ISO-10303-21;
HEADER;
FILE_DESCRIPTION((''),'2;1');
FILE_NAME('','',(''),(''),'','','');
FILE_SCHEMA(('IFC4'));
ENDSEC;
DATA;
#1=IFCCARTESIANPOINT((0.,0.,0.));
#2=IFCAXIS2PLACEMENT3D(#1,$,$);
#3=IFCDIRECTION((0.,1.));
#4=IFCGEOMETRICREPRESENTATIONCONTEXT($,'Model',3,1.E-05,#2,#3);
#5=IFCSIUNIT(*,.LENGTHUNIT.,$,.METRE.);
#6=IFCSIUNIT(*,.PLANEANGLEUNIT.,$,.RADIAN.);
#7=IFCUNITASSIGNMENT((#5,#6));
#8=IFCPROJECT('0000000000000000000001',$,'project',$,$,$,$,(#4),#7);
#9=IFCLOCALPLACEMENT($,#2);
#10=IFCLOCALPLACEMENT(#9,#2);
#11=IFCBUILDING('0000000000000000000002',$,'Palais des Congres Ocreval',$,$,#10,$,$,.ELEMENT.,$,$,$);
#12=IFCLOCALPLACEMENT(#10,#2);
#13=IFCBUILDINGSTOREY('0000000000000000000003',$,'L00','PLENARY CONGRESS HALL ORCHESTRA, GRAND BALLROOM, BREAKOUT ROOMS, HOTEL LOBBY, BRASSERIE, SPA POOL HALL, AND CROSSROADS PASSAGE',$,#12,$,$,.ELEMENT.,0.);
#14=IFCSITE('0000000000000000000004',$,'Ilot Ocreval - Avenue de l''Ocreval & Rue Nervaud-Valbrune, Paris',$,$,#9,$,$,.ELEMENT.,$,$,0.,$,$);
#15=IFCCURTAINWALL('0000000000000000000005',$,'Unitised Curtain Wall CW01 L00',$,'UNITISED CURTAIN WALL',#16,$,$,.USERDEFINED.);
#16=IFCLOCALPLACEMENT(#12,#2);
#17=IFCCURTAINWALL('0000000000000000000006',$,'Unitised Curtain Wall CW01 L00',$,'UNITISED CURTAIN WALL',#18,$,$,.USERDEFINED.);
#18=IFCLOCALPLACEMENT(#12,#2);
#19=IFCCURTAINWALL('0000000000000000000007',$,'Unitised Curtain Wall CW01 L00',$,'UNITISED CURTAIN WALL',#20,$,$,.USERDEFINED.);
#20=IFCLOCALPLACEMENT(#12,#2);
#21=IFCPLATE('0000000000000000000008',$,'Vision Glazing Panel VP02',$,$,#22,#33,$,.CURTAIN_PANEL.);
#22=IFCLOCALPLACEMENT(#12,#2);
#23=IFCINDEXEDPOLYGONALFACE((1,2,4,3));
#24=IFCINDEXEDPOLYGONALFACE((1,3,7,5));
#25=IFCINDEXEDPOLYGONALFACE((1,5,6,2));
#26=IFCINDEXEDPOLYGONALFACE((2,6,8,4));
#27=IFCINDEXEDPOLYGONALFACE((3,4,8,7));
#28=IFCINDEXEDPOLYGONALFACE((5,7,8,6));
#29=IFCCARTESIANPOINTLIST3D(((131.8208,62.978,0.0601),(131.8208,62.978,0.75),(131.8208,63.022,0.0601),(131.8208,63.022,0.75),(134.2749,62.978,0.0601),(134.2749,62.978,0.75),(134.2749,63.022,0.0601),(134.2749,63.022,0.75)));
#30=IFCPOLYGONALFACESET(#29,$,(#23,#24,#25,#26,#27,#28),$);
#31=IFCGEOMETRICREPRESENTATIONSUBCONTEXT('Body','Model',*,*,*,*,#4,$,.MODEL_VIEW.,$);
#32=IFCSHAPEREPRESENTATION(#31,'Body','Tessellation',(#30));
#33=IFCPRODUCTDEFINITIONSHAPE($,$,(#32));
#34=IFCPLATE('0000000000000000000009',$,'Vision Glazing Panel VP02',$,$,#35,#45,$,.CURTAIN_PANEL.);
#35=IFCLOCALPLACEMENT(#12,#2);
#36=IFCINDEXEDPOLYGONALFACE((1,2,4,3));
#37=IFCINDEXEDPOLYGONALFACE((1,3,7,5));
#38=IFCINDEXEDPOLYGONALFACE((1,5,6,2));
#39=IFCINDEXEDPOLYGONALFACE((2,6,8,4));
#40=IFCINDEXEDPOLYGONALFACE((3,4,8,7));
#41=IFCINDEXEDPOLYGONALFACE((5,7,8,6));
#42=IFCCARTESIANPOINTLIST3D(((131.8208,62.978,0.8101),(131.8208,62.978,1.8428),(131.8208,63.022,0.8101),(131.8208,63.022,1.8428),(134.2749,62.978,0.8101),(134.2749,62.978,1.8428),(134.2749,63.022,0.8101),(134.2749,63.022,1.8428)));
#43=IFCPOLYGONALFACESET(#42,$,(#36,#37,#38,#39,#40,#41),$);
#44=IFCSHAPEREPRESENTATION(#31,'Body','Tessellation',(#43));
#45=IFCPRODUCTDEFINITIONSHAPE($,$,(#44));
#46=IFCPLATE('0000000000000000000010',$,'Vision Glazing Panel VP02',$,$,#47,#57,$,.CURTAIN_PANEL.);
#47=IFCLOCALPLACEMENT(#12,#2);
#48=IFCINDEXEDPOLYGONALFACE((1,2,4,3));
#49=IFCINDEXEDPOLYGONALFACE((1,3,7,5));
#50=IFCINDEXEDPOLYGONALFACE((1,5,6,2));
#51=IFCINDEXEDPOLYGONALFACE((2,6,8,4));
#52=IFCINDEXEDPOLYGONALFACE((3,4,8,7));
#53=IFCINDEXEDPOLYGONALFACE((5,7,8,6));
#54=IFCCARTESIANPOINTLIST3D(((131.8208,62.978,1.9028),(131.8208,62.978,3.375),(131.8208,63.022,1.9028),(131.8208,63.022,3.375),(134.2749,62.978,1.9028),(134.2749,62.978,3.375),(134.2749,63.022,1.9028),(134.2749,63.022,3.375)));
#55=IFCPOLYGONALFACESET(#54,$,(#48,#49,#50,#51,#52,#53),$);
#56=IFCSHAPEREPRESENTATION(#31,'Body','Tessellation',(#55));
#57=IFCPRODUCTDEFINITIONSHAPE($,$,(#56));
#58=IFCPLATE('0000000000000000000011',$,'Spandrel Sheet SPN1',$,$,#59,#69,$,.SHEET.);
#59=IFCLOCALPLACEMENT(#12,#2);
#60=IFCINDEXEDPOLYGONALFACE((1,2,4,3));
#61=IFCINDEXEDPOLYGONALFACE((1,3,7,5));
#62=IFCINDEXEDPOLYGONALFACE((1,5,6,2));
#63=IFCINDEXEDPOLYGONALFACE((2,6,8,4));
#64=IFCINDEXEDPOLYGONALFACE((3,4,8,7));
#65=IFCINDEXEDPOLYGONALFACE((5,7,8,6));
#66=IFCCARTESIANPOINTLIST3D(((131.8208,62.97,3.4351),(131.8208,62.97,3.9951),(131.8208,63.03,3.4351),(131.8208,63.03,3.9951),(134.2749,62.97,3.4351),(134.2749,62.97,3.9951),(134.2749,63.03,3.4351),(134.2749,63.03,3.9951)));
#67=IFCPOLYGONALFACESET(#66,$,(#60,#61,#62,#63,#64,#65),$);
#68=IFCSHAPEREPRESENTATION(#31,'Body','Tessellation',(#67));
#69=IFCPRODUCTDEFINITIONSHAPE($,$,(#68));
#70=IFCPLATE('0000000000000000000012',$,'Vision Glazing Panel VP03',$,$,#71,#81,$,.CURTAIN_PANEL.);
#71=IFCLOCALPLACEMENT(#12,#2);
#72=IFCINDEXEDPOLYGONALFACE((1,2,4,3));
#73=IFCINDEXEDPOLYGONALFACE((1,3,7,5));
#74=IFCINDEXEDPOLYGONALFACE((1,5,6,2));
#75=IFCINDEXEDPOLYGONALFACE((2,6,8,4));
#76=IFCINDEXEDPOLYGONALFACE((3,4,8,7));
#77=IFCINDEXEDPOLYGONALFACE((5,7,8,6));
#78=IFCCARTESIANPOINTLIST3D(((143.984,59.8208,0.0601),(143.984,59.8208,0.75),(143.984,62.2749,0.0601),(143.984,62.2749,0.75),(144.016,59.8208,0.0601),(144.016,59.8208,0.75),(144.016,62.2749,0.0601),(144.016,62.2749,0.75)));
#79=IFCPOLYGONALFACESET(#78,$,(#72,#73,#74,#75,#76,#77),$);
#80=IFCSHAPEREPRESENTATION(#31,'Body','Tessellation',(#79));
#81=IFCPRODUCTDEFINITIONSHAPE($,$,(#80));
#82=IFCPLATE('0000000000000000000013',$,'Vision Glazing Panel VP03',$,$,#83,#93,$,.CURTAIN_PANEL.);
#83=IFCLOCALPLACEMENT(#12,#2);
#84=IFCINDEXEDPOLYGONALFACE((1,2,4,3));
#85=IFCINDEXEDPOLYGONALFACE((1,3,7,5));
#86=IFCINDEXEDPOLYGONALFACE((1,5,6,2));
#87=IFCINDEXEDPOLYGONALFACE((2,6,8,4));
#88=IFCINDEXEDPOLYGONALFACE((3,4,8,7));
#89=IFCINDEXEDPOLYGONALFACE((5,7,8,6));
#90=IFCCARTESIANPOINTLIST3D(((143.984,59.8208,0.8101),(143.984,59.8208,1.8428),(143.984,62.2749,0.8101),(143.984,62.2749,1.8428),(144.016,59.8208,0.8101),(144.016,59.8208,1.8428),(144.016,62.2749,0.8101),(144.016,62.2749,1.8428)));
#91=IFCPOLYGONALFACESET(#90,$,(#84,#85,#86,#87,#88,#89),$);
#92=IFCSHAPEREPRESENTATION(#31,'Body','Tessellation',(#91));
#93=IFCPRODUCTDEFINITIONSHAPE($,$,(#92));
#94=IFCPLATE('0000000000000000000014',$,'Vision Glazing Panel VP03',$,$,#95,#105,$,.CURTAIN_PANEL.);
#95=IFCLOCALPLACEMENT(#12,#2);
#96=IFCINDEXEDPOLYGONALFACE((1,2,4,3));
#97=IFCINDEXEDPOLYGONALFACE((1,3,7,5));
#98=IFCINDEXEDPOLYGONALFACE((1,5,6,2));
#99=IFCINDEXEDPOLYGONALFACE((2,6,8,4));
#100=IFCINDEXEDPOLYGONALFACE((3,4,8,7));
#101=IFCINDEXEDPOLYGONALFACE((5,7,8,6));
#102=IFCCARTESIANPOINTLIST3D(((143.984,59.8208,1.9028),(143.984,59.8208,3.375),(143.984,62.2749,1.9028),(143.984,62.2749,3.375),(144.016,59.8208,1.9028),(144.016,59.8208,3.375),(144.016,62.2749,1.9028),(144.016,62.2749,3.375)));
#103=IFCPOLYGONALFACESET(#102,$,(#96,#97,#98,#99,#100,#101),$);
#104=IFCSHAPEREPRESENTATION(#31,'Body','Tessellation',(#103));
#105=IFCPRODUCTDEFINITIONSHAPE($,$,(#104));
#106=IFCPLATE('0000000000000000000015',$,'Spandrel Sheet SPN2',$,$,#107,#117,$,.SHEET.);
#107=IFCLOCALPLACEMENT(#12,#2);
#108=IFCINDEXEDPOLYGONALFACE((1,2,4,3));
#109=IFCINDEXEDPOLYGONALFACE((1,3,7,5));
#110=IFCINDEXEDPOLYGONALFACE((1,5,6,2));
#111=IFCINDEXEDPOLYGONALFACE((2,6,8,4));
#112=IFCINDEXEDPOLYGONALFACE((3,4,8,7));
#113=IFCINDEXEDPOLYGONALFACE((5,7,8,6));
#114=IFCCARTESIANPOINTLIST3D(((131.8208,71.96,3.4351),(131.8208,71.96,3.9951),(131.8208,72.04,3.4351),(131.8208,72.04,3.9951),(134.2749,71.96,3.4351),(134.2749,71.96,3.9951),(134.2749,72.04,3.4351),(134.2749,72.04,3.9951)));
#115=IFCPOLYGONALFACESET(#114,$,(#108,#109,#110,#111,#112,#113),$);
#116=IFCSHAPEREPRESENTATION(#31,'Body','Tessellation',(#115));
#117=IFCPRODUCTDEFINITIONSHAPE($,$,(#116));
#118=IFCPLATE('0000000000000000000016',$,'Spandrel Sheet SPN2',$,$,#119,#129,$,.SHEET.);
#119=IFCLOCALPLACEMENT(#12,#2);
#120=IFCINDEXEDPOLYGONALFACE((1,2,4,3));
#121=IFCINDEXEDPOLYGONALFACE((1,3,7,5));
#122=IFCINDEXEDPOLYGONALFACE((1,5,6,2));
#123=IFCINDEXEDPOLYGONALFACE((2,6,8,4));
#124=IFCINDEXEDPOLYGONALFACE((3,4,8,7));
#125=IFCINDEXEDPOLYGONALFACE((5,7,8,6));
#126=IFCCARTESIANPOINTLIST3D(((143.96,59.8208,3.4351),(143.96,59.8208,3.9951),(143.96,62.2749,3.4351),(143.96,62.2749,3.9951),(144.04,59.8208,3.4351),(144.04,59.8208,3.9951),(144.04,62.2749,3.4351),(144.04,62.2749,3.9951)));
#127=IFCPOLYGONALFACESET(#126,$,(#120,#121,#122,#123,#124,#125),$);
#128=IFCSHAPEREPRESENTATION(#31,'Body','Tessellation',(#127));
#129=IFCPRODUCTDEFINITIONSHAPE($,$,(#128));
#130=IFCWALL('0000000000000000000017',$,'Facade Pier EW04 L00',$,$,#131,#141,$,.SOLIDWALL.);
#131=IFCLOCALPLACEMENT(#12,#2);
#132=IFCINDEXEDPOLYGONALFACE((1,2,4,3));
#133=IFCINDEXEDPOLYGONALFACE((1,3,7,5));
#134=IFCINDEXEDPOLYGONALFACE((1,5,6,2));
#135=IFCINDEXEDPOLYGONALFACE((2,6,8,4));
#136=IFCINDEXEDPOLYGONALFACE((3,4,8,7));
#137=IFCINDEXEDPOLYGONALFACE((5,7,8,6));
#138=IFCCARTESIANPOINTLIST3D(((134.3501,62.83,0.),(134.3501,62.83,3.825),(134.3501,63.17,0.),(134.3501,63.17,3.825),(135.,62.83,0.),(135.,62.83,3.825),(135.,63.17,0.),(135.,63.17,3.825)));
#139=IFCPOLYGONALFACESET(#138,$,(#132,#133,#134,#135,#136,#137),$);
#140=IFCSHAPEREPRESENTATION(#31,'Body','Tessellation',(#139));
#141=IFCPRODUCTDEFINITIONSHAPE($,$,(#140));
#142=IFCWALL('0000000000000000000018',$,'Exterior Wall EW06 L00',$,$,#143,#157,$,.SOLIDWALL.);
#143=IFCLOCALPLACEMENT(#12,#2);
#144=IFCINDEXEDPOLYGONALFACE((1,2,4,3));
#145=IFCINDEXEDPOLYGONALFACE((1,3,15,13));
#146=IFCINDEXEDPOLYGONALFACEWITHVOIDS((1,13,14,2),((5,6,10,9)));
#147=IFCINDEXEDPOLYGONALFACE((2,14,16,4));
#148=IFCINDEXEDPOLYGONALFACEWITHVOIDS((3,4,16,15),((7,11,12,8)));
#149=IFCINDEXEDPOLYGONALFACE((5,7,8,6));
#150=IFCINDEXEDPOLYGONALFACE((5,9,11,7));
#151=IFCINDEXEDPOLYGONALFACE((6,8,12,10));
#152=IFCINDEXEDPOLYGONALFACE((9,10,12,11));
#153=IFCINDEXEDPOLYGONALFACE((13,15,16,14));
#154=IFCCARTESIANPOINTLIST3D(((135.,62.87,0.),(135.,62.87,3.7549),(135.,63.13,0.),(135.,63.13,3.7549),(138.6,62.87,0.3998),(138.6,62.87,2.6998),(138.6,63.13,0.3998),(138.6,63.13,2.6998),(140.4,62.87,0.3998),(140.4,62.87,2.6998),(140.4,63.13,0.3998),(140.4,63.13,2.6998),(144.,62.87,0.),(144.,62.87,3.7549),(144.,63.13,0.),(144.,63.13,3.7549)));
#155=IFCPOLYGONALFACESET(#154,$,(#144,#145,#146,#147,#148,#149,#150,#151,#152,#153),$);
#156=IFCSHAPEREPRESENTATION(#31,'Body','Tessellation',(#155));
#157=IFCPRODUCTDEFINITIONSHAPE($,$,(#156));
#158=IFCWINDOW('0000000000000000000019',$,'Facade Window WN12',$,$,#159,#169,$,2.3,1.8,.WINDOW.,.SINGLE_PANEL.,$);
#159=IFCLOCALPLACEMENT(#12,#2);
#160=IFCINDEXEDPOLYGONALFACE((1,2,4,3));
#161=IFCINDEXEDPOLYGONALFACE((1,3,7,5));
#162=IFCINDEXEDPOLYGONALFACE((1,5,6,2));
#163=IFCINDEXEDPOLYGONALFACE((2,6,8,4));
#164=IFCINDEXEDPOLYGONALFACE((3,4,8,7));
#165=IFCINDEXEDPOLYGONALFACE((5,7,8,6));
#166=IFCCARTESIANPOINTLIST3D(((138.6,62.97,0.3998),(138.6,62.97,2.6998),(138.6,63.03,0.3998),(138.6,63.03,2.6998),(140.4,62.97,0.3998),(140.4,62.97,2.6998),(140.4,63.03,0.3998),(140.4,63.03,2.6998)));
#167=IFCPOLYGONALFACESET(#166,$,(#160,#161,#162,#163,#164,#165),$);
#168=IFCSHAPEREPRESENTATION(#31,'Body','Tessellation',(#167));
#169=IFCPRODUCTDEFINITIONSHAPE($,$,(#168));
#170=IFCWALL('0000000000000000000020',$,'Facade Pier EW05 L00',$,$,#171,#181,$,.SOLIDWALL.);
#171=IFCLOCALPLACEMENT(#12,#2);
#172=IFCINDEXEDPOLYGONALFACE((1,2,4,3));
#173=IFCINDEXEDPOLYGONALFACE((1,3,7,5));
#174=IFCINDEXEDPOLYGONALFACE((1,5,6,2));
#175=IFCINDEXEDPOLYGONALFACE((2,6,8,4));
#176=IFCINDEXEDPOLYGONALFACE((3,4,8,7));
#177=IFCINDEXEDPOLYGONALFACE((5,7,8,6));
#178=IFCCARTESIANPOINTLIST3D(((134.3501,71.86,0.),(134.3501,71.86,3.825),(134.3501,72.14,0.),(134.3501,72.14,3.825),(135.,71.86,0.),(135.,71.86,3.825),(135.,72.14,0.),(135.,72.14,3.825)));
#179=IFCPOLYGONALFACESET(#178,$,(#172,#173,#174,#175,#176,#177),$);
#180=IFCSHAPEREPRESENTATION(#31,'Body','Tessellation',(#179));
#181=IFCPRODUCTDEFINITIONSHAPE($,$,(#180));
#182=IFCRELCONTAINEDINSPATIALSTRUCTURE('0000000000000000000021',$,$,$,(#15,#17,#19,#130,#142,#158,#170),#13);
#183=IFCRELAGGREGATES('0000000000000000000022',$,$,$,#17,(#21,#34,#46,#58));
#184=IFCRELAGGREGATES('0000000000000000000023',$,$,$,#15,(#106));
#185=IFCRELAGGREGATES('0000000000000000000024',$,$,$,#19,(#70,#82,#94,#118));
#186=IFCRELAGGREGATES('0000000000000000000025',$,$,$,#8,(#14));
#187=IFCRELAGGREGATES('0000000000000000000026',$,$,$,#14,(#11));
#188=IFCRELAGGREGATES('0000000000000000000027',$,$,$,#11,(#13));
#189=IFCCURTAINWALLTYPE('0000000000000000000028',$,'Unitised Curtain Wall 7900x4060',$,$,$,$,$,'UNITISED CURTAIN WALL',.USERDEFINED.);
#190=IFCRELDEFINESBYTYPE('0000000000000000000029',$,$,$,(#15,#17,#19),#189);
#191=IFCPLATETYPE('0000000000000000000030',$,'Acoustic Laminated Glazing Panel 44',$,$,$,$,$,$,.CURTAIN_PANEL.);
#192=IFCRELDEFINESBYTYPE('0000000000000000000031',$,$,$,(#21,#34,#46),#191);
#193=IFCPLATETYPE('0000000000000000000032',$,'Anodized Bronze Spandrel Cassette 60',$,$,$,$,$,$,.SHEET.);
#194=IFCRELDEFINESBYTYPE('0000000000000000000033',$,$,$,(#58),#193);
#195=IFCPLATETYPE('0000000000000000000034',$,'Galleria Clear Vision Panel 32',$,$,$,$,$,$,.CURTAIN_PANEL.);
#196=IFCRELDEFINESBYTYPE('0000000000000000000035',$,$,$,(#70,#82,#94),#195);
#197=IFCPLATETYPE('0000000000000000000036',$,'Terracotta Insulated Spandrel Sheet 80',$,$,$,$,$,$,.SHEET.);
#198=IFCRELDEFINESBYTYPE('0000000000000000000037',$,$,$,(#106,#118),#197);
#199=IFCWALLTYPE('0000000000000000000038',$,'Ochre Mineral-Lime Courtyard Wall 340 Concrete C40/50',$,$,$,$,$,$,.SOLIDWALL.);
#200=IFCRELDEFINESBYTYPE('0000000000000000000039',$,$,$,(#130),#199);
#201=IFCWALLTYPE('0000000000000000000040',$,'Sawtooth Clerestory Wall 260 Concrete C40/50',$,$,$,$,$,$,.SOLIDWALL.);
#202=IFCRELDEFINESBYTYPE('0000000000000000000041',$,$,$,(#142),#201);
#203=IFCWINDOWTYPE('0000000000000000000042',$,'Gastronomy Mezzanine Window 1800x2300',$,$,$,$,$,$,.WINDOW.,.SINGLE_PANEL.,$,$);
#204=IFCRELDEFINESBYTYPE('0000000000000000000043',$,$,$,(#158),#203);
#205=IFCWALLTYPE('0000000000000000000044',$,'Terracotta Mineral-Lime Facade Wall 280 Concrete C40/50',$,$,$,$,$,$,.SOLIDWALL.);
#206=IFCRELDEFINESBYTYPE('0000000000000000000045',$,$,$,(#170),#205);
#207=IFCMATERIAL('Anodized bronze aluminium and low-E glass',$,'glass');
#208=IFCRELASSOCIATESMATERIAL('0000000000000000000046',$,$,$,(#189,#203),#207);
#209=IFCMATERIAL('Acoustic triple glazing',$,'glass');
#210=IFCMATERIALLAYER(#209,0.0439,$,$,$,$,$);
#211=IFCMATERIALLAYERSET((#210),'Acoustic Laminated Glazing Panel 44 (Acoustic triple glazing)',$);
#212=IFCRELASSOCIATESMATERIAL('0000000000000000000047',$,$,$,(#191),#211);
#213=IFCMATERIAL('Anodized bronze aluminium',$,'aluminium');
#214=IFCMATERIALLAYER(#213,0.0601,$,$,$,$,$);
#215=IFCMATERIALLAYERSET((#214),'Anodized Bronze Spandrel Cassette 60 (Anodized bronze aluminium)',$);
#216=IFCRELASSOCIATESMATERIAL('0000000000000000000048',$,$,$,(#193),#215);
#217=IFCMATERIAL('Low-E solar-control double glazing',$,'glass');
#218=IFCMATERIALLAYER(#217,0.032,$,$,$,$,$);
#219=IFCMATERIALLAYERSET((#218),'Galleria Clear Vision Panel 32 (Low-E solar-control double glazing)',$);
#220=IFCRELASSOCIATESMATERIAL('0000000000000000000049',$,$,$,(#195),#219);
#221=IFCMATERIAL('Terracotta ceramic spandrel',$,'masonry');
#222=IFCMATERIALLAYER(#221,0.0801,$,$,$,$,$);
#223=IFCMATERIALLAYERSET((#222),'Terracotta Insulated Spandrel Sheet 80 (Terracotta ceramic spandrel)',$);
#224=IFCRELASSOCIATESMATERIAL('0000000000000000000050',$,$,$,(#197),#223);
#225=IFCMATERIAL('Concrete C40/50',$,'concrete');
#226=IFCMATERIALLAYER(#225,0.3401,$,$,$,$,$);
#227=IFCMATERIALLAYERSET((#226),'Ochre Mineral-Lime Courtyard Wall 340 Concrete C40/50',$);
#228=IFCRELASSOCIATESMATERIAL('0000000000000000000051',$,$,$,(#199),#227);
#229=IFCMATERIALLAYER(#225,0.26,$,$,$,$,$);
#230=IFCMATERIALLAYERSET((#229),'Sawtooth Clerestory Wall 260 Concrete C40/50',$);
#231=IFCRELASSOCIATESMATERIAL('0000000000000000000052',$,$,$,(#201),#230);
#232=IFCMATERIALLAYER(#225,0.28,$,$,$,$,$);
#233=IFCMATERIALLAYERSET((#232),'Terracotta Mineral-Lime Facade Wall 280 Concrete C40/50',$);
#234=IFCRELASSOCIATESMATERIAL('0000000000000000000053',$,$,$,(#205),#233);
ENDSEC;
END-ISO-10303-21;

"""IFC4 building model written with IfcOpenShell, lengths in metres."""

from ifc_helpers import new_model, si_unit, direction, frame, frame_2d, origin, origin_2d, place, context, subcontext, project, spatial, rectangle, extrude, material, layer, layer_set, type_object, element, fill, aggregate, save


model = new_model("IFC4")

# Units and contexts
model_context = context("Model", 3, precision=1e-05, world=origin(), true_north=direction((0.0, 1.0)))
body_context = subcontext(model_context, "Body", "Model", "MODEL_VIEW")
ifc_project = project(units=[si_unit("LENGTHUNIT", "METRE"), si_unit("PLANEANGLEUNIT", "RADIAN")], contexts=[model_context])

# Site, building, storey
site_placement = place(None, origin())
site = spatial("IfcSite", under=ifc_project, at=site_placement, Name="Ilot Ocreval - Avenue de l'Ocreval & Rue Nervaud-Valbrune, Paris", CompositionType="ELEMENT", RefElevation=0.0)
building_placement = place(site_placement, origin())
building = spatial("IfcBuilding", under=site, at=building_placement, Name="Palais des Congres Ocreval", CompositionType="ELEMENT")
storey_placement = place(building_placement, origin())
storey = spatial("IfcBuildingStorey", under=building, at=storey_placement, Name="L00", Description="PLENARY CONGRESS HALL ORCHESTRA, GRAND BALLROOM, BREAKOUT ROOMS, HOTEL LOBBY, BRASSERIE, SPA POOL HALL, AND CROSSROADS PASSAGE", CompositionType="ELEMENT", Elevation=0.0)

# Curtain walls
ifc_material_1 = material(Name="Anodized bronze aluminium and low-E glass", Category="glass")
curtain_wall_type = type_object("IfcCurtainWallType", Name="Unitised Curtain Wall 7900x4060", ElementType="UNITISED CURTAIN WALL", PredefinedType="USERDEFINED", material=ifc_material_1)
curtain_wall_1_placement = place(storey_placement, origin())
curtain_wall_1 = element("IfcCurtainWall", 1, at=curtain_wall_1_placement, inside=storey, type_object=curtain_wall_type, Name="Unitised Curtain Wall CW01 L00", ObjectType="UNITISED CURTAIN WALL", PredefinedType="USERDEFINED")
ifc_material_2 = material(Name="Anodized bronze aluminium", Category="aluminium")
curtain_wall_2_placement = place(storey_placement, origin())
curtain_wall_2 = element("IfcCurtainWall", 2, at=curtain_wall_2_placement, inside=storey, type_object=curtain_wall_type, Name="Unitised Curtain Wall CW01 L00", ObjectType="UNITISED CURTAIN WALL", PredefinedType="USERDEFINED")
curtain_wall_3_placement = place(storey_placement, origin())
curtain_wall_3 = element("IfcCurtainWall", 3, at=curtain_wall_3_placement, inside=storey, type_object=curtain_wall_type, Name="Unitised Curtain Wall CW01 L00", ObjectType="UNITISED CURTAIN WALL", PredefinedType="USERDEFINED")

# Plates
ifc_material_3 = material(Name="Acoustic triple glazing", Category="glass")
ifc_layer_1 = layer(ifc_material_3, 0.0439)
ifc_layer_set_1 = layer_set([ifc_layer_1], Name="Acoustic Laminated Glazing Panel 44 (Acoustic triple glazing)")
plate_type_1 = type_object("IfcPlateType", Name="Acoustic Laminated Glazing Panel 44", PredefinedType="CURTAIN_PANEL", material=ifc_layer_set_1)
plate_1_placement = place(storey_placement, frame((133.0479, 63.0, 0.0601), z_axis=(0.0, 0.0, 1.0), x_axis=(1.0, 0.0, 0.0)))
plate_1 = element("IfcPlate", 4, at=plate_1_placement, type_object=plate_type_1, Name="Vision Glazing Panel VP02", PredefinedType="CURTAIN_PANEL", context=body_context, shape_type="SweptSolid", body=[
    extrude(rectangle(XDim=2.4541, YDim=0.0439, at=origin_2d()), origin(), (0.0, 0.0, 1.0), 0.6899),
])
plate_2_placement = place(storey_placement, frame((133.0479, 63.0, 0.8101), z_axis=(0.0, 0.0, 1.0), x_axis=(1.0, 0.0, 0.0)))
plate_2 = element("IfcPlate", 5, at=plate_2_placement, type_object=plate_type_1, Name="Vision Glazing Panel VP02", PredefinedType="CURTAIN_PANEL", context=body_context, shape_type="SweptSolid", body=[
    extrude(rectangle(XDim=2.4541, YDim=0.0439, at=origin_2d()), origin(), (0.0, 0.0, 1.0), 1.0327),
])
plate_3_placement = place(storey_placement, frame((133.0479, 63.0, 1.9028), z_axis=(0.0, 0.0, 1.0), x_axis=(1.0, 0.0, 0.0)))
plate_3 = element("IfcPlate", 6, at=plate_3_placement, type_object=plate_type_1, Name="Vision Glazing Panel VP02", PredefinedType="CURTAIN_PANEL", context=body_context, shape_type="SweptSolid", body=[
    extrude(rectangle(XDim=2.4541, YDim=0.0439, at=origin_2d()), origin(), (0.0, 0.0, 1.0), 1.4722),
])
ifc_layer_2 = layer(ifc_material_2, 0.0601)
ifc_layer_set_2 = layer_set([ifc_layer_2], Name="Anodized Bronze Spandrel Cassette 60 (Anodized bronze aluminium)")
plate_type_2 = type_object("IfcPlateType", Name="Anodized Bronze Spandrel Cassette 60", PredefinedType="SHEET", material=ifc_layer_set_2)
plate_4_placement = place(storey_placement, frame((133.0479, 63.0, 3.4351), z_axis=(0.0, 0.0, 1.0), x_axis=(1.0, 0.0, 0.0)))
plate_4 = element("IfcPlate", 7, at=plate_4_placement, type_object=plate_type_2, Name="Spandrel Sheet SPN1", PredefinedType="SHEET", context=body_context, shape_type="SweptSolid", body=[
    extrude(rectangle(XDim=2.4541, YDim=0.0601, at=origin_2d()), origin(), (0.0, 0.0, 1.0), 0.5601),
])
aggregate(curtain_wall_2, [plate_1, plate_2, plate_3, plate_4])
ifc_material_4 = material(Name="Low-E solar-control double glazing", Category="glass")
ifc_layer_3 = layer(ifc_material_4, 0.032)
ifc_layer_set_3 = layer_set([ifc_layer_3], Name="Galleria Clear Vision Panel 32 (Low-E solar-control double glazing)")
plate_type_3 = type_object("IfcPlateType", Name="Galleria Clear Vision Panel 32", PredefinedType="CURTAIN_PANEL", material=ifc_layer_set_3)
plate_5_placement = place(storey_placement, frame((144.0, 61.0479, 0.0601), z_axis=(0.0, 0.0, 1.0), x_axis=(0.0, -1.0, 0.0)))
plate_5 = element("IfcPlate", 8, at=plate_5_placement, type_object=plate_type_3, Name="Vision Glazing Panel VP03", PredefinedType="CURTAIN_PANEL", context=body_context, shape_type="SweptSolid", body=[
    extrude(rectangle(XDim=2.4541, YDim=0.032, at=origin_2d()), origin(), (0.0, 0.0, 1.0), 0.6899),
])
plate_6_placement = place(storey_placement, frame((144.0, 61.0479, 0.8101), z_axis=(0.0, 0.0, 1.0), x_axis=(0.0, -1.0, 0.0)))
plate_6 = element("IfcPlate", 9, at=plate_6_placement, type_object=plate_type_3, Name="Vision Glazing Panel VP03", PredefinedType="CURTAIN_PANEL", context=body_context, shape_type="SweptSolid", body=[
    extrude(rectangle(XDim=2.4541, YDim=0.032, at=origin_2d()), origin(), (0.0, 0.0, 1.0), 1.0327),
])
plate_7_placement = place(storey_placement, frame((144.0, 61.0479, 1.9028), z_axis=(0.0, 0.0, 1.0), x_axis=(0.0, -1.0, 0.0)))
plate_7 = element("IfcPlate", 10, at=plate_7_placement, type_object=plate_type_3, Name="Vision Glazing Panel VP03", PredefinedType="CURTAIN_PANEL", context=body_context, shape_type="SweptSolid", body=[
    extrude(rectangle(XDim=2.4541, YDim=0.032, at=origin_2d()), origin(), (0.0, 0.0, 1.0), 1.4722),
])
ifc_material_5 = material(Name="Terracotta ceramic spandrel", Category="masonry")
ifc_layer_4 = layer(ifc_material_5, 0.0801)
ifc_layer_set_4 = layer_set([ifc_layer_4], Name="Terracotta Insulated Spandrel Sheet 80 (Terracotta ceramic spandrel)")
plate_type_4 = type_object("IfcPlateType", Name="Terracotta Insulated Spandrel Sheet 80", PredefinedType="SHEET", material=ifc_layer_set_4)
plate_8_placement = place(storey_placement, frame((133.0479, 72.0, 3.4351), z_axis=(0.0, 0.0, 1.0), x_axis=(-1.0, 0.0, 0.0)))
plate_8 = element("IfcPlate", 11, at=plate_8_placement, type_object=plate_type_4, Name="Spandrel Sheet SPN2", PredefinedType="SHEET", context=body_context, shape_type="SweptSolid", body=[
    extrude(rectangle(XDim=2.4541, YDim=0.0801, at=origin_2d()), origin(), (0.0, 0.0, 1.0), 0.5601),
])
aggregate(curtain_wall_1, [plate_8])
plate_9_placement = place(storey_placement, frame((144.0, 61.0479, 3.4351), z_axis=(0.0, 0.0, 1.0), x_axis=(0.0, -1.0, 0.0)))
plate_9 = element("IfcPlate", 12, at=plate_9_placement, type_object=plate_type_4, Name="Spandrel Sheet SPN2", PredefinedType="SHEET", context=body_context, shape_type="SweptSolid", body=[
    extrude(rectangle(XDim=2.4541, YDim=0.0801, at=origin_2d()), origin(), (0.0, 0.0, 1.0), 0.5601),
])
aggregate(curtain_wall_3, [plate_5, plate_6, plate_7, plate_9])

# Wall
ifc_material_6 = material(Name="Concrete C40/50", Category="concrete")
ifc_layer_5 = layer(ifc_material_6, 0.3401)
ifc_layer_set_5 = layer_set([ifc_layer_5], Name="Ochre Mineral-Lime Courtyard Wall 340 Concrete C40/50")
wall_type_1 = type_object("IfcWallType", Name="Ochre Mineral-Lime Courtyard Wall 340 Concrete C40/50", PredefinedType="SOLIDWALL", material=ifc_layer_set_5)
wall_1_placement = place(storey_placement, frame((134.3501, 63.0, 0.0), z_axis=(0.0, 0.0, 1.0), x_axis=(1.0, 0.0, 0.0)))
element("IfcWall", 13, at=wall_1_placement, inside=storey, type_object=wall_type_1, Name="Facade Pier EW04 L00", PredefinedType="SOLIDWALL", context=body_context, shape_type="SweptSolid", body=[
    extrude(rectangle(XDim=0.6499, YDim=0.3401, at=frame_2d((0.325, 0.0))), origin(), (0.0, 0.0, 1.0), 3.825),
])

# Wall, opening, window
ifc_layer_6 = layer(ifc_material_6, 0.26)
ifc_layer_set_6 = layer_set([ifc_layer_6], Name="Sawtooth Clerestory Wall 260 Concrete C40/50")
wall_type_2 = type_object("IfcWallType", Name="Sawtooth Clerestory Wall 260 Concrete C40/50", PredefinedType="SOLIDWALL", material=ifc_layer_set_6)
wall_2_placement = place(storey_placement, frame((135.0, 63.0, 0.0), z_axis=(0.0, 0.0, 1.0), x_axis=(1.0, 0.0, 0.0)))
wall_2 = element("IfcWall", 14, at=wall_2_placement, inside=storey, type_object=wall_type_2, Name="Exterior Wall EW06 L00", PredefinedType="SOLIDWALL", context=body_context, shape_type="SweptSolid", body=[
    extrude(rectangle(XDim=9.0, YDim=0.26, at=frame_2d((4.5, 0.0))), origin(), (0.0, 0.0, 1.0), 3.7549),
])
opening_placement = place(wall_2_placement, frame((3.6001, 0.0, 0.3999)))
opening = element("IfcOpeningElement", 15, at=opening_placement, cuts=wall_2, PredefinedType="OPENING", context=body_context, shape_type="SweptSolid", body=[
    extrude(rectangle(XDim=1.8, YDim=2.3, at=frame_2d((0.8999, 1.1499))), frame((0.0, 0.1399, 0.0), z_axis=(0.0, -1.0, 0.0), x_axis=(1.0, 0.0, 0.0)), (0.0, 0.0, 1.0), 0.28),
])
window_type = type_object("IfcWindowType", Name="Gastronomy Mezzanine Window 1800x2300", PartitioningType="SINGLE_PANEL", PredefinedType="WINDOW", material=ifc_material_1)
window_placement = place(opening_placement, origin())
window = element("IfcWindow", 16, at=window_placement, inside=storey, type_object=window_type, Name="Facade Window WN12", OverallHeight=2.3, OverallWidth=1.8, PartitioningType="SINGLE_PANEL", PredefinedType="WINDOW", context=body_context, shape_type="SweptSolid", body=[
    extrude(rectangle(XDim=1.8, YDim=2.3, at=frame_2d((0.8999, 1.1499))), frame((0.0, 0.03, 0.0), z_axis=(0.0, -1.0, 0.0), x_axis=(1.0, 0.0, 0.0)), (0.0, 0.0, 1.0), 0.0601),
])
fill(opening, window)

# Wall
ifc_layer_7 = layer(ifc_material_6, 0.28)
ifc_layer_set_7 = layer_set([ifc_layer_7], Name="Terracotta Mineral-Lime Facade Wall 280 Concrete C40/50")
wall_type_3 = type_object("IfcWallType", Name="Terracotta Mineral-Lime Facade Wall 280 Concrete C40/50", PredefinedType="SOLIDWALL", material=ifc_layer_set_7)
wall_3_placement = place(storey_placement, frame((135.0, 72.0, 0.0), z_axis=(0.0, 0.0, 1.0), x_axis=(-1.0, 0.0, 0.0)))
element("IfcWall", 17, at=wall_3_placement, inside=storey, type_object=wall_type_3, Name="Facade Pier EW05 L00", PredefinedType="SOLIDWALL", context=body_context, shape_type="SweptSolid", body=[
    extrude(rectangle(XDim=0.6499, YDim=0.28, at=frame_2d((0.325, 0.0))), origin(), (0.0, 0.0, 1.0), 3.825),
])

save(model, "model.ifc")
